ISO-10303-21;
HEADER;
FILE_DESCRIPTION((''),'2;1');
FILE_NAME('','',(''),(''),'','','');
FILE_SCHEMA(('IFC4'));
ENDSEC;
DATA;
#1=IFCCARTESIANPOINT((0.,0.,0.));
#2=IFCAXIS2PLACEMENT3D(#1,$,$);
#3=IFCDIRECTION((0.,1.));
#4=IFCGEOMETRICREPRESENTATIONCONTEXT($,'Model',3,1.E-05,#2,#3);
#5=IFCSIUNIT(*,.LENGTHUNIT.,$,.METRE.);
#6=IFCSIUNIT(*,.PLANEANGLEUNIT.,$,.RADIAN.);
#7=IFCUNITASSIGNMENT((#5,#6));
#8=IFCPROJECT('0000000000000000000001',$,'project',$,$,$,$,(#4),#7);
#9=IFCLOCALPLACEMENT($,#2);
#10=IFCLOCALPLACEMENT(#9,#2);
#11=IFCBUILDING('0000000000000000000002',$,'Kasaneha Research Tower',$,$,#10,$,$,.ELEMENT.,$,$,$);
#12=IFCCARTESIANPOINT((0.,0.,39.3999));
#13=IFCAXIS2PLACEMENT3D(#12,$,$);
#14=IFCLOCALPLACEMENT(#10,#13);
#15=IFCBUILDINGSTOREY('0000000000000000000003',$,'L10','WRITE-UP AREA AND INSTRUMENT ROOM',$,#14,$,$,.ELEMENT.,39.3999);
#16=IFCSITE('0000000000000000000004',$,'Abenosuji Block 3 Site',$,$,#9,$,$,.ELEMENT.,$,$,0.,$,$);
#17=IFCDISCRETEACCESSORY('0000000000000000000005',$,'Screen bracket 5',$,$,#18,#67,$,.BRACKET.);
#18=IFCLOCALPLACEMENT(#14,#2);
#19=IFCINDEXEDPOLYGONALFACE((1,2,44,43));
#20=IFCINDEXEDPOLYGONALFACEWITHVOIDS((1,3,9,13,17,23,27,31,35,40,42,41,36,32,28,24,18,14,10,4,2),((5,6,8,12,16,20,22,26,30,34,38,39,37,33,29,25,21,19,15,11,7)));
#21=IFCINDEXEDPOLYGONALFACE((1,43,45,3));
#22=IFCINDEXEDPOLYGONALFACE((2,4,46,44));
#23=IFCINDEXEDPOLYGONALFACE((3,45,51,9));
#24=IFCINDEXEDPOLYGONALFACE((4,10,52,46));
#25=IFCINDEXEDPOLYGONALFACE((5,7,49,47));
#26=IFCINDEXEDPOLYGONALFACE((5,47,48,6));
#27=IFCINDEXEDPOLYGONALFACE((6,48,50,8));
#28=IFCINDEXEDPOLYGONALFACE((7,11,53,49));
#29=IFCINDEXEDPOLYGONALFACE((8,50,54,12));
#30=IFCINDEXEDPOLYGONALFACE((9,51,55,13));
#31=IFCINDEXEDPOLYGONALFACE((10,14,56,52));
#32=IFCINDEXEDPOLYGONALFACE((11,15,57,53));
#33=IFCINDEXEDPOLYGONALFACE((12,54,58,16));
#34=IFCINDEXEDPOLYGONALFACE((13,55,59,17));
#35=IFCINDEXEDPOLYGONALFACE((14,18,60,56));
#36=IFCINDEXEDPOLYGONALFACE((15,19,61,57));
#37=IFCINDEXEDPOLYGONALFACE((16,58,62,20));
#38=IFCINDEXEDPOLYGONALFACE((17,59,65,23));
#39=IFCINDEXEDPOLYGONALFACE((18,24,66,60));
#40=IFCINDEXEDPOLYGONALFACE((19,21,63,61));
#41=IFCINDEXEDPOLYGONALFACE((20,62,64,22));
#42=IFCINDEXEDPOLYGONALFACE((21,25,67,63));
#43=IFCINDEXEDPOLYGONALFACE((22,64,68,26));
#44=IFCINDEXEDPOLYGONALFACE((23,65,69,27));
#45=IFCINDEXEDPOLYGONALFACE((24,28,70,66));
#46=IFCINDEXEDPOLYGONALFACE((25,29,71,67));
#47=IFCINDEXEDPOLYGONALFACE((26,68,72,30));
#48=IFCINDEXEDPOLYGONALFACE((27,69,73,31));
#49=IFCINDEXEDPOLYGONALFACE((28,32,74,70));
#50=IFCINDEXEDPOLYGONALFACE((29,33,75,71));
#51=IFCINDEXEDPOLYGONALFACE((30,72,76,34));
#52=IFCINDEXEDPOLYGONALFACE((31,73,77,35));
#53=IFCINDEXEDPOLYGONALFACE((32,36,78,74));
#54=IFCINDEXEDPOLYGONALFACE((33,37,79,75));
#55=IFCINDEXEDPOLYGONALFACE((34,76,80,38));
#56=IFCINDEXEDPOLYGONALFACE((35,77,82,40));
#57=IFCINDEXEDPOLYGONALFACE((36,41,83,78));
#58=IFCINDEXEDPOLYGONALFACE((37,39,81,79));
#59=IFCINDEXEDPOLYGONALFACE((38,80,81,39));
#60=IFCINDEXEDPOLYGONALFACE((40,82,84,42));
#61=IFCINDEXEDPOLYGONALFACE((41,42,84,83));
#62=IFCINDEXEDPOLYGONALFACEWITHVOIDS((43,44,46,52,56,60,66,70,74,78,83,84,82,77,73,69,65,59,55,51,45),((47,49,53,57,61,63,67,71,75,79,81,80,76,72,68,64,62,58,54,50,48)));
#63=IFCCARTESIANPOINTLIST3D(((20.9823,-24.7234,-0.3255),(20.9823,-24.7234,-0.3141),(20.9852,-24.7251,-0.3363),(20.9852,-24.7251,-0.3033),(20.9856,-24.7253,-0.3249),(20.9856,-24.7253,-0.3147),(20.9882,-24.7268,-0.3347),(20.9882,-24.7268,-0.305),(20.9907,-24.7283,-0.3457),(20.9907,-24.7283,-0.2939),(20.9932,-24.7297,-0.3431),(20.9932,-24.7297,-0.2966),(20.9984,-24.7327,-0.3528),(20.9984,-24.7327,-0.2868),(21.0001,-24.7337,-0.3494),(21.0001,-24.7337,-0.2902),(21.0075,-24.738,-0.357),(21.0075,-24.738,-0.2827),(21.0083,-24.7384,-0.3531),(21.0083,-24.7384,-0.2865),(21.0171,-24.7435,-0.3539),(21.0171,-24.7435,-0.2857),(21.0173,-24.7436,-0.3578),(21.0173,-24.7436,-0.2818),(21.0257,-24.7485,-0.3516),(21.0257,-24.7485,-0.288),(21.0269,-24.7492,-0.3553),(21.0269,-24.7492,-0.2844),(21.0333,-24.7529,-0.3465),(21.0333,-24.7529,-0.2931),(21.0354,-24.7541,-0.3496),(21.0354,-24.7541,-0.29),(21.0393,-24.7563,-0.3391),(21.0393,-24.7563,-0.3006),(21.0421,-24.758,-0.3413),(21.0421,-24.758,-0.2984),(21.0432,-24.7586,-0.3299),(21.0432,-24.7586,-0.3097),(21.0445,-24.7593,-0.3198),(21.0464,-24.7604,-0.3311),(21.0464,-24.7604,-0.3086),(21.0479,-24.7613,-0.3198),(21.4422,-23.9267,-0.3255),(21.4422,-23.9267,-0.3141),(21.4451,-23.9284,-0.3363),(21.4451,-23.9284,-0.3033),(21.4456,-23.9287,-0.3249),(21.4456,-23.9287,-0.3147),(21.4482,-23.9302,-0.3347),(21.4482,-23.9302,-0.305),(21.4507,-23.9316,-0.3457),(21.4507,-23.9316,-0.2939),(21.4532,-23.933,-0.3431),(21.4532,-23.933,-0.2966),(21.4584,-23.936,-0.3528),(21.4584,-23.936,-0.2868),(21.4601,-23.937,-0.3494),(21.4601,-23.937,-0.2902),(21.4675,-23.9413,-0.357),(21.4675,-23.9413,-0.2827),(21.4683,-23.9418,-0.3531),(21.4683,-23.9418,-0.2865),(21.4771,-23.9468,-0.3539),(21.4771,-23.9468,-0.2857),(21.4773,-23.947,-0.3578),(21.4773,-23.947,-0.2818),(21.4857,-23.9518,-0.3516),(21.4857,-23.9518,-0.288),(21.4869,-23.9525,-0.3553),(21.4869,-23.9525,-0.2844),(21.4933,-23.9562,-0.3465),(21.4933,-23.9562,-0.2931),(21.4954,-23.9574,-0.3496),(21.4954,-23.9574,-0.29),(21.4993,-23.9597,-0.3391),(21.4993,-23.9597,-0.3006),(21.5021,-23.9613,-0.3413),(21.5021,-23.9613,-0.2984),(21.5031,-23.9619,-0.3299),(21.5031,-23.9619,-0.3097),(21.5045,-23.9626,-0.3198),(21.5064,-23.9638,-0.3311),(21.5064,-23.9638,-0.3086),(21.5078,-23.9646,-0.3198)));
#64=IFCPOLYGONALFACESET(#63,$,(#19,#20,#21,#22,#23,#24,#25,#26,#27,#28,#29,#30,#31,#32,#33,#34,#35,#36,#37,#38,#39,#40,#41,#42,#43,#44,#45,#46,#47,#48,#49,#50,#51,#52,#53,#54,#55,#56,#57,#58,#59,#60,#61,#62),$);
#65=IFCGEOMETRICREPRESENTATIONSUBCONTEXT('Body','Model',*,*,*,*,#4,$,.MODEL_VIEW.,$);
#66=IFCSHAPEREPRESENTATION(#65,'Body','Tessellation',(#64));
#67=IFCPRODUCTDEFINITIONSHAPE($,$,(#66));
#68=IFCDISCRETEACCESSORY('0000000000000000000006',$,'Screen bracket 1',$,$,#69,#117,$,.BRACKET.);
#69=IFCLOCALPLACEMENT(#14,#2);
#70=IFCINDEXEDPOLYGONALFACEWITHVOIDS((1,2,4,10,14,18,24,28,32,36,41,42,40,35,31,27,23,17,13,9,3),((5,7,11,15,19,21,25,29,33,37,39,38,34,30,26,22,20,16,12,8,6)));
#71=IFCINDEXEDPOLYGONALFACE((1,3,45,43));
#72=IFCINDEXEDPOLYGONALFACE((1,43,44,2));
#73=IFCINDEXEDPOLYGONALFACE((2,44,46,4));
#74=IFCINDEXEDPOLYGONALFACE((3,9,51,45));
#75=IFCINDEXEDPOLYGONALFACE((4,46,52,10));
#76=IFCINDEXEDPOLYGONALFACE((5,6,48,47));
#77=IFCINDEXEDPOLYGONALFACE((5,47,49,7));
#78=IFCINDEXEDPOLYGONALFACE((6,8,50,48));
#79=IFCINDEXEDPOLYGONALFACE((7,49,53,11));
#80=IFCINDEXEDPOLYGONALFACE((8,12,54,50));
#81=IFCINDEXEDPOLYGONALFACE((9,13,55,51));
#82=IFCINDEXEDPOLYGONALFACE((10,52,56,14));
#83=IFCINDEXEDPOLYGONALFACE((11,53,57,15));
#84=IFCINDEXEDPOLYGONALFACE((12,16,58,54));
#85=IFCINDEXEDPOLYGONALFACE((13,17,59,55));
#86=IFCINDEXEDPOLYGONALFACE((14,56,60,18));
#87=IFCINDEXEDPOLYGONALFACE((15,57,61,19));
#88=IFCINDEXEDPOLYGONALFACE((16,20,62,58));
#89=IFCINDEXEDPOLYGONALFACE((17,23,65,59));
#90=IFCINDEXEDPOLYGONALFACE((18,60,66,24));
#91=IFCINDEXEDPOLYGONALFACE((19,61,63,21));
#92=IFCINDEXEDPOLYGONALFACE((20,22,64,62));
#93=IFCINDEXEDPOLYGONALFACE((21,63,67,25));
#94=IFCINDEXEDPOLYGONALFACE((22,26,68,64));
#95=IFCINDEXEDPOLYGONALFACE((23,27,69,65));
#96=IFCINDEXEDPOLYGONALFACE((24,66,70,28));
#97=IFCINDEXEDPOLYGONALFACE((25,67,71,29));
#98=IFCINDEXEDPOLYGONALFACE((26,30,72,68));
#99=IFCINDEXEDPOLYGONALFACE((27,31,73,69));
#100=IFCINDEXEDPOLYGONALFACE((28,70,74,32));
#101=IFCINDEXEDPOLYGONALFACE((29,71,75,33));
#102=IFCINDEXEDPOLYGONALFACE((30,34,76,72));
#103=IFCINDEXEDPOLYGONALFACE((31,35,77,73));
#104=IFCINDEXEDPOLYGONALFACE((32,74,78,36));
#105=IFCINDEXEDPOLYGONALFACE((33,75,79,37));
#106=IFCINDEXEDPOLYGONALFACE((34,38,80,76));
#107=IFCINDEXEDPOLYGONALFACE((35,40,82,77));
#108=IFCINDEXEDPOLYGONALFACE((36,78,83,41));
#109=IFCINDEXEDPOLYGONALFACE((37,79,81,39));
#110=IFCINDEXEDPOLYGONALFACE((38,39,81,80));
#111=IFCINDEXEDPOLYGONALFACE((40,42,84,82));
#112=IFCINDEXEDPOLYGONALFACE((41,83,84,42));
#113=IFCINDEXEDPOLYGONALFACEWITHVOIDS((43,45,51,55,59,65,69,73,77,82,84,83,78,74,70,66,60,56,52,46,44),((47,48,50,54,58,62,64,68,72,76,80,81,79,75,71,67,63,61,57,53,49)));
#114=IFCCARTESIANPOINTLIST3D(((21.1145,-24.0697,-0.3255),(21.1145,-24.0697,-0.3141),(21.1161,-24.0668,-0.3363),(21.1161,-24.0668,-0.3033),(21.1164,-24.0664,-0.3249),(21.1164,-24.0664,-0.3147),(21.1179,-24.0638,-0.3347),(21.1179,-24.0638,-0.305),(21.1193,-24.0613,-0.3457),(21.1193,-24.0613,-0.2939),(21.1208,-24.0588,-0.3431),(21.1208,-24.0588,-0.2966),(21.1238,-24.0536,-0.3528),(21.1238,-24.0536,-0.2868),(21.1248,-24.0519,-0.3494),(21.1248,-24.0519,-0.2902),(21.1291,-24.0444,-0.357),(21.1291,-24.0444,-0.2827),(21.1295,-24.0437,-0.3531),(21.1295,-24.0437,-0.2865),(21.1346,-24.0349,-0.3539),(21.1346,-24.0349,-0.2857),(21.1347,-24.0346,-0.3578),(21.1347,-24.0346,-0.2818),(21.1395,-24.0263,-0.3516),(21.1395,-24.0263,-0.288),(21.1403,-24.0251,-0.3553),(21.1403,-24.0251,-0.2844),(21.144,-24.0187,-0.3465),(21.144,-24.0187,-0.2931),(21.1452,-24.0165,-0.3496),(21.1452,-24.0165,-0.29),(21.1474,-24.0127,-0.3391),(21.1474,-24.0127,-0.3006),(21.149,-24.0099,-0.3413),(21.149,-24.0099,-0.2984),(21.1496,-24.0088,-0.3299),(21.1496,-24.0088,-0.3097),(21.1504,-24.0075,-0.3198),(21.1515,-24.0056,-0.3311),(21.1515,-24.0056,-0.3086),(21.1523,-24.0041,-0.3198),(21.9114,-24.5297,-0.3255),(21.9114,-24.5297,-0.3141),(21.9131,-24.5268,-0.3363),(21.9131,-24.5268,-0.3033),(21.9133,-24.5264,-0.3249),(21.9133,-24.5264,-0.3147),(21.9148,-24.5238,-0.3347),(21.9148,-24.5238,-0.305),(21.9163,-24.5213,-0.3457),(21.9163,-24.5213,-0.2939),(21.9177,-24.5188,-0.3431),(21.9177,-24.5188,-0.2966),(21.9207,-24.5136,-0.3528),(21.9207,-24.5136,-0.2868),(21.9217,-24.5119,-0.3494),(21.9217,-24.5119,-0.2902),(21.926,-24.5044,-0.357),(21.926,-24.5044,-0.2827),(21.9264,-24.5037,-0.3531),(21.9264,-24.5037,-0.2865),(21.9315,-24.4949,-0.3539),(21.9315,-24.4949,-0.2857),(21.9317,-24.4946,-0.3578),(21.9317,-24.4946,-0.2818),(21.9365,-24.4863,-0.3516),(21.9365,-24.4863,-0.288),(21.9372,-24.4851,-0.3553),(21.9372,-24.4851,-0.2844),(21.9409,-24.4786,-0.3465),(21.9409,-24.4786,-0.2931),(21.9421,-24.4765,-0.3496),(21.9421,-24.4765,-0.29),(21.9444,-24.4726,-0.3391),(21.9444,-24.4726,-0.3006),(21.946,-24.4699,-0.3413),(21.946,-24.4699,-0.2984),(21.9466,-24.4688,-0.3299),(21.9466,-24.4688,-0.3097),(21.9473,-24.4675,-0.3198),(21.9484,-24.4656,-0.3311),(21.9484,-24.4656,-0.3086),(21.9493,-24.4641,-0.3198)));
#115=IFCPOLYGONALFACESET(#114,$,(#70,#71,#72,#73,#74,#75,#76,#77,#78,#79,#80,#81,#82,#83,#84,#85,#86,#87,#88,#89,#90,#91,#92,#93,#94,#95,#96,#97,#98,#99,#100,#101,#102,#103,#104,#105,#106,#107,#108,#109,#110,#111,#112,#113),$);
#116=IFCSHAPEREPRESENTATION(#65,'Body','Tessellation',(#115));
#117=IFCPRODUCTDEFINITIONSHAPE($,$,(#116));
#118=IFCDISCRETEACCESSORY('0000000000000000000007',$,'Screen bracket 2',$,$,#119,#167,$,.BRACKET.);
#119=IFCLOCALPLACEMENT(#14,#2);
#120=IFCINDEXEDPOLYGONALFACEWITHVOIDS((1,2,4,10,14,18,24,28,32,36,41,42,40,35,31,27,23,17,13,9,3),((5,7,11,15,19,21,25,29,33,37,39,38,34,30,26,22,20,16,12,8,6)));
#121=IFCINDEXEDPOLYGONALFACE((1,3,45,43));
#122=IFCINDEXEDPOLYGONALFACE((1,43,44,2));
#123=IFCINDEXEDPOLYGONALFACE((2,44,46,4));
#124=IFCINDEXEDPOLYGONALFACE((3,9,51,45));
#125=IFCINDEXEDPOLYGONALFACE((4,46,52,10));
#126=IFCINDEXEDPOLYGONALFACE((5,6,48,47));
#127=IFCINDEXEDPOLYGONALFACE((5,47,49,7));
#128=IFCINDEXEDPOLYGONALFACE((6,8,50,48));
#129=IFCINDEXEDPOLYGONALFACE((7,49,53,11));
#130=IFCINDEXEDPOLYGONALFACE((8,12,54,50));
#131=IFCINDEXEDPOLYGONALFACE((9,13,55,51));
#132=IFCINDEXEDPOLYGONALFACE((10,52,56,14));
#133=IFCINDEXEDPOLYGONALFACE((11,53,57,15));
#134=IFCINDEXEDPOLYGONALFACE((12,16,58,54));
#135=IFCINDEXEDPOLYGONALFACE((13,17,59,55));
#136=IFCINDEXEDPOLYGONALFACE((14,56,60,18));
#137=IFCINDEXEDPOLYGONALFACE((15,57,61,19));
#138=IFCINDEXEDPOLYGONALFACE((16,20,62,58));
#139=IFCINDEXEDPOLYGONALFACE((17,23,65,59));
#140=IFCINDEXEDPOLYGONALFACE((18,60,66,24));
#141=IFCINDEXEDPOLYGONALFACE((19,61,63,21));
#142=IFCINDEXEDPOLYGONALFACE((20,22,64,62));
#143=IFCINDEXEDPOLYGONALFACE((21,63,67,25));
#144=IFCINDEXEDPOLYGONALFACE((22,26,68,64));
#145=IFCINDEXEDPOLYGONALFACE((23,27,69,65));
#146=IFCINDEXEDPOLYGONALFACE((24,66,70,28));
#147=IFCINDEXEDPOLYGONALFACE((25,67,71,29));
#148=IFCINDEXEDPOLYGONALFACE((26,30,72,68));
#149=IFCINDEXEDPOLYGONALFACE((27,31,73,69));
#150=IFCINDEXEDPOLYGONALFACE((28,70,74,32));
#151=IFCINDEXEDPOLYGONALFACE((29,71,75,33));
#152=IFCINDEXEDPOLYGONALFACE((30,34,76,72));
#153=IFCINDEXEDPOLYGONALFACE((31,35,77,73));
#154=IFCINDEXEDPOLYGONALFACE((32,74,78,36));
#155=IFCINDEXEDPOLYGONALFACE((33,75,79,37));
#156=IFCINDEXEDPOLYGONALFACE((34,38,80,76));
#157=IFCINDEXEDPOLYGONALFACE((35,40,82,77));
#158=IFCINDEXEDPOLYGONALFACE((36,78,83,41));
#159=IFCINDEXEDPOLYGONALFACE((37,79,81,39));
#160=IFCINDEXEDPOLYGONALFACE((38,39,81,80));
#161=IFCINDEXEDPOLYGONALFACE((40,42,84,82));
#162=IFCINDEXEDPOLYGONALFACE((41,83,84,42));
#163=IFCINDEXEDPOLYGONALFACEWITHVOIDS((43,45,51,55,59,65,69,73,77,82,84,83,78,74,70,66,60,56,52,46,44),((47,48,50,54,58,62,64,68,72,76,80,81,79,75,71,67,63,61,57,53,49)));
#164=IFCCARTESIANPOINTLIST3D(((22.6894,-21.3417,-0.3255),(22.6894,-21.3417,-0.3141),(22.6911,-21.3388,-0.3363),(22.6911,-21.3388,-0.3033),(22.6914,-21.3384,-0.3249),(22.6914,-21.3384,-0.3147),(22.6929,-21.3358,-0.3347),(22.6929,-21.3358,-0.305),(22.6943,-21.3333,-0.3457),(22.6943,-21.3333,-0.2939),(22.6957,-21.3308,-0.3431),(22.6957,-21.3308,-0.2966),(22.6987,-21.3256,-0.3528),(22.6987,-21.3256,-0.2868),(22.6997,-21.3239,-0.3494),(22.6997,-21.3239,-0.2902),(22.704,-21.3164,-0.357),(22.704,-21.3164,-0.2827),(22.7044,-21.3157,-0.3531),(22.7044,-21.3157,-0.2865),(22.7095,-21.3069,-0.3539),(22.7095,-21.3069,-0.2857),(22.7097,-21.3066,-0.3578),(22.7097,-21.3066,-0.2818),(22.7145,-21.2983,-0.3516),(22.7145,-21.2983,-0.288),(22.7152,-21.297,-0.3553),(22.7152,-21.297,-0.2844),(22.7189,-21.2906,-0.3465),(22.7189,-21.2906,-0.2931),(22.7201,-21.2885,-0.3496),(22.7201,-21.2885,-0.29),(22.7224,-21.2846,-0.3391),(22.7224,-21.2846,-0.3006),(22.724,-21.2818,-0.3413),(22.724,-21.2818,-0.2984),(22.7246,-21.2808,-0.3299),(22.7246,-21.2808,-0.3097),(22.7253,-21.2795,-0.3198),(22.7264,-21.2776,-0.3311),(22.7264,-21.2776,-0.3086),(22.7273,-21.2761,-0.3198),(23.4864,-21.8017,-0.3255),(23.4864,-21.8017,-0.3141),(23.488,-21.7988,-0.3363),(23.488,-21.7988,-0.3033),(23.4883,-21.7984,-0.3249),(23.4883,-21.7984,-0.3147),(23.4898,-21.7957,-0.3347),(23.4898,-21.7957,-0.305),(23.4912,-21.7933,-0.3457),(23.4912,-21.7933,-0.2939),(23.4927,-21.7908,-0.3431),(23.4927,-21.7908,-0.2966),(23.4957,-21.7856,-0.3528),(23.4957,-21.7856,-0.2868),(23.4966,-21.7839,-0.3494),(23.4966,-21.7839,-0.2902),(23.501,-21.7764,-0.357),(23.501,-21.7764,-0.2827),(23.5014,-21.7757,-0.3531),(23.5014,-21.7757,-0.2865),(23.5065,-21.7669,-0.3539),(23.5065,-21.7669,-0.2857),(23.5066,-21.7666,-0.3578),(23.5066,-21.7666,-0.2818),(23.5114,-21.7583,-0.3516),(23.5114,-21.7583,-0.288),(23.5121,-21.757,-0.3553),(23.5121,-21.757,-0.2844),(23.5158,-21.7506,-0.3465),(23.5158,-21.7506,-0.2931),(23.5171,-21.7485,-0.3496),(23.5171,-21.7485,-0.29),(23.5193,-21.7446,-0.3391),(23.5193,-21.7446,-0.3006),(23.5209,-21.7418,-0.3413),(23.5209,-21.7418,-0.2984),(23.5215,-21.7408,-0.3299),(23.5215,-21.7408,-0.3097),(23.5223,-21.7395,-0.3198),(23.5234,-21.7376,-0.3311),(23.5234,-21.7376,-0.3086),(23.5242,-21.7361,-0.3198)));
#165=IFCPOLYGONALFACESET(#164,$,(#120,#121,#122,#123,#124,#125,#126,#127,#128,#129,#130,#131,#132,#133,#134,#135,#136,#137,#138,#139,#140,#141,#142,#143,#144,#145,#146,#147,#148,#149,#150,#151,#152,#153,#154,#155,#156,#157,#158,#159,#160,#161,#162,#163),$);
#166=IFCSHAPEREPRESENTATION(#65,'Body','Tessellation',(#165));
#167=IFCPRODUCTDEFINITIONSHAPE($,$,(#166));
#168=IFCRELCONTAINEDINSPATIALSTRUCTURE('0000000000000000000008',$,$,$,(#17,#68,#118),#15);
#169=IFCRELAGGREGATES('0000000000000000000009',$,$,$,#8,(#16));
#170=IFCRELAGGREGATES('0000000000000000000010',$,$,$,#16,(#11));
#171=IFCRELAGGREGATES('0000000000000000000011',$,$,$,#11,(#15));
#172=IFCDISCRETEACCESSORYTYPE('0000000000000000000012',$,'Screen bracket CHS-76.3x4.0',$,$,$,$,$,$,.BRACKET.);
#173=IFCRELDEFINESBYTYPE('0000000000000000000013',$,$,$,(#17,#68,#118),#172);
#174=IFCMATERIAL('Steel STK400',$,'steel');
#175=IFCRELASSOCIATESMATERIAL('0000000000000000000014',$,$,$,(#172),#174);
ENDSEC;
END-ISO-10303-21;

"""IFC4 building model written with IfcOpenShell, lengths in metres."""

from ifc_helpers import new_model, si_unit, direction, frame, origin, origin_2d, place, context, subcontext, project, spatial, hollow_circle, extrude, material, material_profile, profile_set, type_object, element, save


model = new_model("IFC4")

# Units and contexts
model_context = context("Model", 3, precision=1e-05, world=origin(), true_north=direction((0.0, 1.0)))
body_context = subcontext(model_context, "Body", "Model", "MODEL_VIEW")
ifc_project = project(units=[si_unit("LENGTHUNIT", "METRE"), si_unit("PLANEANGLEUNIT", "RADIAN")], contexts=[model_context])

# Site, building, storey
site_placement = place(None, origin())
site = spatial("IfcSite", under=ifc_project, at=site_placement, Name="Abenosuji Block 3 Site", CompositionType="ELEMENT", RefElevation=0.0)
building_placement = place(site_placement, origin())
building = spatial("IfcBuilding", under=site, at=building_placement, Name="Kasaneha Research Tower", CompositionType="ELEMENT")
storey_placement = place(building_placement, frame((0.0, 0.0, 39.3999)))
storey = spatial("IfcBuildingStorey", under=building, at=storey_placement, Name="L10", Description="WRITE-UP AREA AND INSTRUMENT ROOM", CompositionType="ELEMENT", Elevation=39.3999)

# Discrete accessories
ifc_material_1 = material(Name="Steel STK400", Category="steel")
ifc_material_profile_1 = material_profile(ifc_material_1, hollow_circle(Radius=0.0381, WallThickness=0.0039, at=origin_2d()), Name="CHS-76.3x4.0")
ifc_profile_set_1 = profile_set([ifc_material_profile_1], Name="Steel STK400")
discrete_accessory_type = type_object("IfcDiscreteAccessoryType", Name="Screen bracket CHS-76.3x4.0", PredefinedType="BRACKET", material=ifc_profile_set_1)
discrete_accessory_1_placement = place(storey_placement, frame((21.4749, -23.9456, -0.3198), z_axis=(-0.500021, -0.866013, 0.0), x_axis=(0.866013, -0.500021, 0.0)))
element("IfcDiscreteAccessory", 1, at=discrete_accessory_1_placement, inside=storey, type_object=discrete_accessory_type, Name="Screen bracket 5", PredefinedType="BRACKET", context=body_context, shape_type="SweptSolid", body=[
    extrude(hollow_circle(Radius=0.0381, WallThickness=0.0039, at=origin_2d()), origin(), (0.0, 0.0, 1.0), 0.9199),
])
for number, where, z_axis, x_axis, name in (
    (2, (21.1333, -24.0371, -0.3198), (0.86608, -0.499906, 0.0), (0.499906, 0.86608, 0.0), "Screen bracket 1"),
    (3, (22.7083, -21.3091, -0.3198), (0.86608, -0.499906, 0.0), (0.499906, 0.86608, 0.0), "Screen bracket 2"),
):
    element("IfcDiscreteAccessory", number, at=place(storey_placement, frame(where, z_axis=z_axis, x_axis=x_axis)), inside=storey, type_object=discrete_accessory_type, Name=name, PredefinedType="BRACKET", context=body_context, shape_type="SweptSolid", body=[
        extrude(hollow_circle(Radius=0.0381, WallThickness=0.0039, at=origin_2d()), origin(), (0.0, 0.0, 1.0), 0.9202),
    ])

save(model, "model.ifc")
